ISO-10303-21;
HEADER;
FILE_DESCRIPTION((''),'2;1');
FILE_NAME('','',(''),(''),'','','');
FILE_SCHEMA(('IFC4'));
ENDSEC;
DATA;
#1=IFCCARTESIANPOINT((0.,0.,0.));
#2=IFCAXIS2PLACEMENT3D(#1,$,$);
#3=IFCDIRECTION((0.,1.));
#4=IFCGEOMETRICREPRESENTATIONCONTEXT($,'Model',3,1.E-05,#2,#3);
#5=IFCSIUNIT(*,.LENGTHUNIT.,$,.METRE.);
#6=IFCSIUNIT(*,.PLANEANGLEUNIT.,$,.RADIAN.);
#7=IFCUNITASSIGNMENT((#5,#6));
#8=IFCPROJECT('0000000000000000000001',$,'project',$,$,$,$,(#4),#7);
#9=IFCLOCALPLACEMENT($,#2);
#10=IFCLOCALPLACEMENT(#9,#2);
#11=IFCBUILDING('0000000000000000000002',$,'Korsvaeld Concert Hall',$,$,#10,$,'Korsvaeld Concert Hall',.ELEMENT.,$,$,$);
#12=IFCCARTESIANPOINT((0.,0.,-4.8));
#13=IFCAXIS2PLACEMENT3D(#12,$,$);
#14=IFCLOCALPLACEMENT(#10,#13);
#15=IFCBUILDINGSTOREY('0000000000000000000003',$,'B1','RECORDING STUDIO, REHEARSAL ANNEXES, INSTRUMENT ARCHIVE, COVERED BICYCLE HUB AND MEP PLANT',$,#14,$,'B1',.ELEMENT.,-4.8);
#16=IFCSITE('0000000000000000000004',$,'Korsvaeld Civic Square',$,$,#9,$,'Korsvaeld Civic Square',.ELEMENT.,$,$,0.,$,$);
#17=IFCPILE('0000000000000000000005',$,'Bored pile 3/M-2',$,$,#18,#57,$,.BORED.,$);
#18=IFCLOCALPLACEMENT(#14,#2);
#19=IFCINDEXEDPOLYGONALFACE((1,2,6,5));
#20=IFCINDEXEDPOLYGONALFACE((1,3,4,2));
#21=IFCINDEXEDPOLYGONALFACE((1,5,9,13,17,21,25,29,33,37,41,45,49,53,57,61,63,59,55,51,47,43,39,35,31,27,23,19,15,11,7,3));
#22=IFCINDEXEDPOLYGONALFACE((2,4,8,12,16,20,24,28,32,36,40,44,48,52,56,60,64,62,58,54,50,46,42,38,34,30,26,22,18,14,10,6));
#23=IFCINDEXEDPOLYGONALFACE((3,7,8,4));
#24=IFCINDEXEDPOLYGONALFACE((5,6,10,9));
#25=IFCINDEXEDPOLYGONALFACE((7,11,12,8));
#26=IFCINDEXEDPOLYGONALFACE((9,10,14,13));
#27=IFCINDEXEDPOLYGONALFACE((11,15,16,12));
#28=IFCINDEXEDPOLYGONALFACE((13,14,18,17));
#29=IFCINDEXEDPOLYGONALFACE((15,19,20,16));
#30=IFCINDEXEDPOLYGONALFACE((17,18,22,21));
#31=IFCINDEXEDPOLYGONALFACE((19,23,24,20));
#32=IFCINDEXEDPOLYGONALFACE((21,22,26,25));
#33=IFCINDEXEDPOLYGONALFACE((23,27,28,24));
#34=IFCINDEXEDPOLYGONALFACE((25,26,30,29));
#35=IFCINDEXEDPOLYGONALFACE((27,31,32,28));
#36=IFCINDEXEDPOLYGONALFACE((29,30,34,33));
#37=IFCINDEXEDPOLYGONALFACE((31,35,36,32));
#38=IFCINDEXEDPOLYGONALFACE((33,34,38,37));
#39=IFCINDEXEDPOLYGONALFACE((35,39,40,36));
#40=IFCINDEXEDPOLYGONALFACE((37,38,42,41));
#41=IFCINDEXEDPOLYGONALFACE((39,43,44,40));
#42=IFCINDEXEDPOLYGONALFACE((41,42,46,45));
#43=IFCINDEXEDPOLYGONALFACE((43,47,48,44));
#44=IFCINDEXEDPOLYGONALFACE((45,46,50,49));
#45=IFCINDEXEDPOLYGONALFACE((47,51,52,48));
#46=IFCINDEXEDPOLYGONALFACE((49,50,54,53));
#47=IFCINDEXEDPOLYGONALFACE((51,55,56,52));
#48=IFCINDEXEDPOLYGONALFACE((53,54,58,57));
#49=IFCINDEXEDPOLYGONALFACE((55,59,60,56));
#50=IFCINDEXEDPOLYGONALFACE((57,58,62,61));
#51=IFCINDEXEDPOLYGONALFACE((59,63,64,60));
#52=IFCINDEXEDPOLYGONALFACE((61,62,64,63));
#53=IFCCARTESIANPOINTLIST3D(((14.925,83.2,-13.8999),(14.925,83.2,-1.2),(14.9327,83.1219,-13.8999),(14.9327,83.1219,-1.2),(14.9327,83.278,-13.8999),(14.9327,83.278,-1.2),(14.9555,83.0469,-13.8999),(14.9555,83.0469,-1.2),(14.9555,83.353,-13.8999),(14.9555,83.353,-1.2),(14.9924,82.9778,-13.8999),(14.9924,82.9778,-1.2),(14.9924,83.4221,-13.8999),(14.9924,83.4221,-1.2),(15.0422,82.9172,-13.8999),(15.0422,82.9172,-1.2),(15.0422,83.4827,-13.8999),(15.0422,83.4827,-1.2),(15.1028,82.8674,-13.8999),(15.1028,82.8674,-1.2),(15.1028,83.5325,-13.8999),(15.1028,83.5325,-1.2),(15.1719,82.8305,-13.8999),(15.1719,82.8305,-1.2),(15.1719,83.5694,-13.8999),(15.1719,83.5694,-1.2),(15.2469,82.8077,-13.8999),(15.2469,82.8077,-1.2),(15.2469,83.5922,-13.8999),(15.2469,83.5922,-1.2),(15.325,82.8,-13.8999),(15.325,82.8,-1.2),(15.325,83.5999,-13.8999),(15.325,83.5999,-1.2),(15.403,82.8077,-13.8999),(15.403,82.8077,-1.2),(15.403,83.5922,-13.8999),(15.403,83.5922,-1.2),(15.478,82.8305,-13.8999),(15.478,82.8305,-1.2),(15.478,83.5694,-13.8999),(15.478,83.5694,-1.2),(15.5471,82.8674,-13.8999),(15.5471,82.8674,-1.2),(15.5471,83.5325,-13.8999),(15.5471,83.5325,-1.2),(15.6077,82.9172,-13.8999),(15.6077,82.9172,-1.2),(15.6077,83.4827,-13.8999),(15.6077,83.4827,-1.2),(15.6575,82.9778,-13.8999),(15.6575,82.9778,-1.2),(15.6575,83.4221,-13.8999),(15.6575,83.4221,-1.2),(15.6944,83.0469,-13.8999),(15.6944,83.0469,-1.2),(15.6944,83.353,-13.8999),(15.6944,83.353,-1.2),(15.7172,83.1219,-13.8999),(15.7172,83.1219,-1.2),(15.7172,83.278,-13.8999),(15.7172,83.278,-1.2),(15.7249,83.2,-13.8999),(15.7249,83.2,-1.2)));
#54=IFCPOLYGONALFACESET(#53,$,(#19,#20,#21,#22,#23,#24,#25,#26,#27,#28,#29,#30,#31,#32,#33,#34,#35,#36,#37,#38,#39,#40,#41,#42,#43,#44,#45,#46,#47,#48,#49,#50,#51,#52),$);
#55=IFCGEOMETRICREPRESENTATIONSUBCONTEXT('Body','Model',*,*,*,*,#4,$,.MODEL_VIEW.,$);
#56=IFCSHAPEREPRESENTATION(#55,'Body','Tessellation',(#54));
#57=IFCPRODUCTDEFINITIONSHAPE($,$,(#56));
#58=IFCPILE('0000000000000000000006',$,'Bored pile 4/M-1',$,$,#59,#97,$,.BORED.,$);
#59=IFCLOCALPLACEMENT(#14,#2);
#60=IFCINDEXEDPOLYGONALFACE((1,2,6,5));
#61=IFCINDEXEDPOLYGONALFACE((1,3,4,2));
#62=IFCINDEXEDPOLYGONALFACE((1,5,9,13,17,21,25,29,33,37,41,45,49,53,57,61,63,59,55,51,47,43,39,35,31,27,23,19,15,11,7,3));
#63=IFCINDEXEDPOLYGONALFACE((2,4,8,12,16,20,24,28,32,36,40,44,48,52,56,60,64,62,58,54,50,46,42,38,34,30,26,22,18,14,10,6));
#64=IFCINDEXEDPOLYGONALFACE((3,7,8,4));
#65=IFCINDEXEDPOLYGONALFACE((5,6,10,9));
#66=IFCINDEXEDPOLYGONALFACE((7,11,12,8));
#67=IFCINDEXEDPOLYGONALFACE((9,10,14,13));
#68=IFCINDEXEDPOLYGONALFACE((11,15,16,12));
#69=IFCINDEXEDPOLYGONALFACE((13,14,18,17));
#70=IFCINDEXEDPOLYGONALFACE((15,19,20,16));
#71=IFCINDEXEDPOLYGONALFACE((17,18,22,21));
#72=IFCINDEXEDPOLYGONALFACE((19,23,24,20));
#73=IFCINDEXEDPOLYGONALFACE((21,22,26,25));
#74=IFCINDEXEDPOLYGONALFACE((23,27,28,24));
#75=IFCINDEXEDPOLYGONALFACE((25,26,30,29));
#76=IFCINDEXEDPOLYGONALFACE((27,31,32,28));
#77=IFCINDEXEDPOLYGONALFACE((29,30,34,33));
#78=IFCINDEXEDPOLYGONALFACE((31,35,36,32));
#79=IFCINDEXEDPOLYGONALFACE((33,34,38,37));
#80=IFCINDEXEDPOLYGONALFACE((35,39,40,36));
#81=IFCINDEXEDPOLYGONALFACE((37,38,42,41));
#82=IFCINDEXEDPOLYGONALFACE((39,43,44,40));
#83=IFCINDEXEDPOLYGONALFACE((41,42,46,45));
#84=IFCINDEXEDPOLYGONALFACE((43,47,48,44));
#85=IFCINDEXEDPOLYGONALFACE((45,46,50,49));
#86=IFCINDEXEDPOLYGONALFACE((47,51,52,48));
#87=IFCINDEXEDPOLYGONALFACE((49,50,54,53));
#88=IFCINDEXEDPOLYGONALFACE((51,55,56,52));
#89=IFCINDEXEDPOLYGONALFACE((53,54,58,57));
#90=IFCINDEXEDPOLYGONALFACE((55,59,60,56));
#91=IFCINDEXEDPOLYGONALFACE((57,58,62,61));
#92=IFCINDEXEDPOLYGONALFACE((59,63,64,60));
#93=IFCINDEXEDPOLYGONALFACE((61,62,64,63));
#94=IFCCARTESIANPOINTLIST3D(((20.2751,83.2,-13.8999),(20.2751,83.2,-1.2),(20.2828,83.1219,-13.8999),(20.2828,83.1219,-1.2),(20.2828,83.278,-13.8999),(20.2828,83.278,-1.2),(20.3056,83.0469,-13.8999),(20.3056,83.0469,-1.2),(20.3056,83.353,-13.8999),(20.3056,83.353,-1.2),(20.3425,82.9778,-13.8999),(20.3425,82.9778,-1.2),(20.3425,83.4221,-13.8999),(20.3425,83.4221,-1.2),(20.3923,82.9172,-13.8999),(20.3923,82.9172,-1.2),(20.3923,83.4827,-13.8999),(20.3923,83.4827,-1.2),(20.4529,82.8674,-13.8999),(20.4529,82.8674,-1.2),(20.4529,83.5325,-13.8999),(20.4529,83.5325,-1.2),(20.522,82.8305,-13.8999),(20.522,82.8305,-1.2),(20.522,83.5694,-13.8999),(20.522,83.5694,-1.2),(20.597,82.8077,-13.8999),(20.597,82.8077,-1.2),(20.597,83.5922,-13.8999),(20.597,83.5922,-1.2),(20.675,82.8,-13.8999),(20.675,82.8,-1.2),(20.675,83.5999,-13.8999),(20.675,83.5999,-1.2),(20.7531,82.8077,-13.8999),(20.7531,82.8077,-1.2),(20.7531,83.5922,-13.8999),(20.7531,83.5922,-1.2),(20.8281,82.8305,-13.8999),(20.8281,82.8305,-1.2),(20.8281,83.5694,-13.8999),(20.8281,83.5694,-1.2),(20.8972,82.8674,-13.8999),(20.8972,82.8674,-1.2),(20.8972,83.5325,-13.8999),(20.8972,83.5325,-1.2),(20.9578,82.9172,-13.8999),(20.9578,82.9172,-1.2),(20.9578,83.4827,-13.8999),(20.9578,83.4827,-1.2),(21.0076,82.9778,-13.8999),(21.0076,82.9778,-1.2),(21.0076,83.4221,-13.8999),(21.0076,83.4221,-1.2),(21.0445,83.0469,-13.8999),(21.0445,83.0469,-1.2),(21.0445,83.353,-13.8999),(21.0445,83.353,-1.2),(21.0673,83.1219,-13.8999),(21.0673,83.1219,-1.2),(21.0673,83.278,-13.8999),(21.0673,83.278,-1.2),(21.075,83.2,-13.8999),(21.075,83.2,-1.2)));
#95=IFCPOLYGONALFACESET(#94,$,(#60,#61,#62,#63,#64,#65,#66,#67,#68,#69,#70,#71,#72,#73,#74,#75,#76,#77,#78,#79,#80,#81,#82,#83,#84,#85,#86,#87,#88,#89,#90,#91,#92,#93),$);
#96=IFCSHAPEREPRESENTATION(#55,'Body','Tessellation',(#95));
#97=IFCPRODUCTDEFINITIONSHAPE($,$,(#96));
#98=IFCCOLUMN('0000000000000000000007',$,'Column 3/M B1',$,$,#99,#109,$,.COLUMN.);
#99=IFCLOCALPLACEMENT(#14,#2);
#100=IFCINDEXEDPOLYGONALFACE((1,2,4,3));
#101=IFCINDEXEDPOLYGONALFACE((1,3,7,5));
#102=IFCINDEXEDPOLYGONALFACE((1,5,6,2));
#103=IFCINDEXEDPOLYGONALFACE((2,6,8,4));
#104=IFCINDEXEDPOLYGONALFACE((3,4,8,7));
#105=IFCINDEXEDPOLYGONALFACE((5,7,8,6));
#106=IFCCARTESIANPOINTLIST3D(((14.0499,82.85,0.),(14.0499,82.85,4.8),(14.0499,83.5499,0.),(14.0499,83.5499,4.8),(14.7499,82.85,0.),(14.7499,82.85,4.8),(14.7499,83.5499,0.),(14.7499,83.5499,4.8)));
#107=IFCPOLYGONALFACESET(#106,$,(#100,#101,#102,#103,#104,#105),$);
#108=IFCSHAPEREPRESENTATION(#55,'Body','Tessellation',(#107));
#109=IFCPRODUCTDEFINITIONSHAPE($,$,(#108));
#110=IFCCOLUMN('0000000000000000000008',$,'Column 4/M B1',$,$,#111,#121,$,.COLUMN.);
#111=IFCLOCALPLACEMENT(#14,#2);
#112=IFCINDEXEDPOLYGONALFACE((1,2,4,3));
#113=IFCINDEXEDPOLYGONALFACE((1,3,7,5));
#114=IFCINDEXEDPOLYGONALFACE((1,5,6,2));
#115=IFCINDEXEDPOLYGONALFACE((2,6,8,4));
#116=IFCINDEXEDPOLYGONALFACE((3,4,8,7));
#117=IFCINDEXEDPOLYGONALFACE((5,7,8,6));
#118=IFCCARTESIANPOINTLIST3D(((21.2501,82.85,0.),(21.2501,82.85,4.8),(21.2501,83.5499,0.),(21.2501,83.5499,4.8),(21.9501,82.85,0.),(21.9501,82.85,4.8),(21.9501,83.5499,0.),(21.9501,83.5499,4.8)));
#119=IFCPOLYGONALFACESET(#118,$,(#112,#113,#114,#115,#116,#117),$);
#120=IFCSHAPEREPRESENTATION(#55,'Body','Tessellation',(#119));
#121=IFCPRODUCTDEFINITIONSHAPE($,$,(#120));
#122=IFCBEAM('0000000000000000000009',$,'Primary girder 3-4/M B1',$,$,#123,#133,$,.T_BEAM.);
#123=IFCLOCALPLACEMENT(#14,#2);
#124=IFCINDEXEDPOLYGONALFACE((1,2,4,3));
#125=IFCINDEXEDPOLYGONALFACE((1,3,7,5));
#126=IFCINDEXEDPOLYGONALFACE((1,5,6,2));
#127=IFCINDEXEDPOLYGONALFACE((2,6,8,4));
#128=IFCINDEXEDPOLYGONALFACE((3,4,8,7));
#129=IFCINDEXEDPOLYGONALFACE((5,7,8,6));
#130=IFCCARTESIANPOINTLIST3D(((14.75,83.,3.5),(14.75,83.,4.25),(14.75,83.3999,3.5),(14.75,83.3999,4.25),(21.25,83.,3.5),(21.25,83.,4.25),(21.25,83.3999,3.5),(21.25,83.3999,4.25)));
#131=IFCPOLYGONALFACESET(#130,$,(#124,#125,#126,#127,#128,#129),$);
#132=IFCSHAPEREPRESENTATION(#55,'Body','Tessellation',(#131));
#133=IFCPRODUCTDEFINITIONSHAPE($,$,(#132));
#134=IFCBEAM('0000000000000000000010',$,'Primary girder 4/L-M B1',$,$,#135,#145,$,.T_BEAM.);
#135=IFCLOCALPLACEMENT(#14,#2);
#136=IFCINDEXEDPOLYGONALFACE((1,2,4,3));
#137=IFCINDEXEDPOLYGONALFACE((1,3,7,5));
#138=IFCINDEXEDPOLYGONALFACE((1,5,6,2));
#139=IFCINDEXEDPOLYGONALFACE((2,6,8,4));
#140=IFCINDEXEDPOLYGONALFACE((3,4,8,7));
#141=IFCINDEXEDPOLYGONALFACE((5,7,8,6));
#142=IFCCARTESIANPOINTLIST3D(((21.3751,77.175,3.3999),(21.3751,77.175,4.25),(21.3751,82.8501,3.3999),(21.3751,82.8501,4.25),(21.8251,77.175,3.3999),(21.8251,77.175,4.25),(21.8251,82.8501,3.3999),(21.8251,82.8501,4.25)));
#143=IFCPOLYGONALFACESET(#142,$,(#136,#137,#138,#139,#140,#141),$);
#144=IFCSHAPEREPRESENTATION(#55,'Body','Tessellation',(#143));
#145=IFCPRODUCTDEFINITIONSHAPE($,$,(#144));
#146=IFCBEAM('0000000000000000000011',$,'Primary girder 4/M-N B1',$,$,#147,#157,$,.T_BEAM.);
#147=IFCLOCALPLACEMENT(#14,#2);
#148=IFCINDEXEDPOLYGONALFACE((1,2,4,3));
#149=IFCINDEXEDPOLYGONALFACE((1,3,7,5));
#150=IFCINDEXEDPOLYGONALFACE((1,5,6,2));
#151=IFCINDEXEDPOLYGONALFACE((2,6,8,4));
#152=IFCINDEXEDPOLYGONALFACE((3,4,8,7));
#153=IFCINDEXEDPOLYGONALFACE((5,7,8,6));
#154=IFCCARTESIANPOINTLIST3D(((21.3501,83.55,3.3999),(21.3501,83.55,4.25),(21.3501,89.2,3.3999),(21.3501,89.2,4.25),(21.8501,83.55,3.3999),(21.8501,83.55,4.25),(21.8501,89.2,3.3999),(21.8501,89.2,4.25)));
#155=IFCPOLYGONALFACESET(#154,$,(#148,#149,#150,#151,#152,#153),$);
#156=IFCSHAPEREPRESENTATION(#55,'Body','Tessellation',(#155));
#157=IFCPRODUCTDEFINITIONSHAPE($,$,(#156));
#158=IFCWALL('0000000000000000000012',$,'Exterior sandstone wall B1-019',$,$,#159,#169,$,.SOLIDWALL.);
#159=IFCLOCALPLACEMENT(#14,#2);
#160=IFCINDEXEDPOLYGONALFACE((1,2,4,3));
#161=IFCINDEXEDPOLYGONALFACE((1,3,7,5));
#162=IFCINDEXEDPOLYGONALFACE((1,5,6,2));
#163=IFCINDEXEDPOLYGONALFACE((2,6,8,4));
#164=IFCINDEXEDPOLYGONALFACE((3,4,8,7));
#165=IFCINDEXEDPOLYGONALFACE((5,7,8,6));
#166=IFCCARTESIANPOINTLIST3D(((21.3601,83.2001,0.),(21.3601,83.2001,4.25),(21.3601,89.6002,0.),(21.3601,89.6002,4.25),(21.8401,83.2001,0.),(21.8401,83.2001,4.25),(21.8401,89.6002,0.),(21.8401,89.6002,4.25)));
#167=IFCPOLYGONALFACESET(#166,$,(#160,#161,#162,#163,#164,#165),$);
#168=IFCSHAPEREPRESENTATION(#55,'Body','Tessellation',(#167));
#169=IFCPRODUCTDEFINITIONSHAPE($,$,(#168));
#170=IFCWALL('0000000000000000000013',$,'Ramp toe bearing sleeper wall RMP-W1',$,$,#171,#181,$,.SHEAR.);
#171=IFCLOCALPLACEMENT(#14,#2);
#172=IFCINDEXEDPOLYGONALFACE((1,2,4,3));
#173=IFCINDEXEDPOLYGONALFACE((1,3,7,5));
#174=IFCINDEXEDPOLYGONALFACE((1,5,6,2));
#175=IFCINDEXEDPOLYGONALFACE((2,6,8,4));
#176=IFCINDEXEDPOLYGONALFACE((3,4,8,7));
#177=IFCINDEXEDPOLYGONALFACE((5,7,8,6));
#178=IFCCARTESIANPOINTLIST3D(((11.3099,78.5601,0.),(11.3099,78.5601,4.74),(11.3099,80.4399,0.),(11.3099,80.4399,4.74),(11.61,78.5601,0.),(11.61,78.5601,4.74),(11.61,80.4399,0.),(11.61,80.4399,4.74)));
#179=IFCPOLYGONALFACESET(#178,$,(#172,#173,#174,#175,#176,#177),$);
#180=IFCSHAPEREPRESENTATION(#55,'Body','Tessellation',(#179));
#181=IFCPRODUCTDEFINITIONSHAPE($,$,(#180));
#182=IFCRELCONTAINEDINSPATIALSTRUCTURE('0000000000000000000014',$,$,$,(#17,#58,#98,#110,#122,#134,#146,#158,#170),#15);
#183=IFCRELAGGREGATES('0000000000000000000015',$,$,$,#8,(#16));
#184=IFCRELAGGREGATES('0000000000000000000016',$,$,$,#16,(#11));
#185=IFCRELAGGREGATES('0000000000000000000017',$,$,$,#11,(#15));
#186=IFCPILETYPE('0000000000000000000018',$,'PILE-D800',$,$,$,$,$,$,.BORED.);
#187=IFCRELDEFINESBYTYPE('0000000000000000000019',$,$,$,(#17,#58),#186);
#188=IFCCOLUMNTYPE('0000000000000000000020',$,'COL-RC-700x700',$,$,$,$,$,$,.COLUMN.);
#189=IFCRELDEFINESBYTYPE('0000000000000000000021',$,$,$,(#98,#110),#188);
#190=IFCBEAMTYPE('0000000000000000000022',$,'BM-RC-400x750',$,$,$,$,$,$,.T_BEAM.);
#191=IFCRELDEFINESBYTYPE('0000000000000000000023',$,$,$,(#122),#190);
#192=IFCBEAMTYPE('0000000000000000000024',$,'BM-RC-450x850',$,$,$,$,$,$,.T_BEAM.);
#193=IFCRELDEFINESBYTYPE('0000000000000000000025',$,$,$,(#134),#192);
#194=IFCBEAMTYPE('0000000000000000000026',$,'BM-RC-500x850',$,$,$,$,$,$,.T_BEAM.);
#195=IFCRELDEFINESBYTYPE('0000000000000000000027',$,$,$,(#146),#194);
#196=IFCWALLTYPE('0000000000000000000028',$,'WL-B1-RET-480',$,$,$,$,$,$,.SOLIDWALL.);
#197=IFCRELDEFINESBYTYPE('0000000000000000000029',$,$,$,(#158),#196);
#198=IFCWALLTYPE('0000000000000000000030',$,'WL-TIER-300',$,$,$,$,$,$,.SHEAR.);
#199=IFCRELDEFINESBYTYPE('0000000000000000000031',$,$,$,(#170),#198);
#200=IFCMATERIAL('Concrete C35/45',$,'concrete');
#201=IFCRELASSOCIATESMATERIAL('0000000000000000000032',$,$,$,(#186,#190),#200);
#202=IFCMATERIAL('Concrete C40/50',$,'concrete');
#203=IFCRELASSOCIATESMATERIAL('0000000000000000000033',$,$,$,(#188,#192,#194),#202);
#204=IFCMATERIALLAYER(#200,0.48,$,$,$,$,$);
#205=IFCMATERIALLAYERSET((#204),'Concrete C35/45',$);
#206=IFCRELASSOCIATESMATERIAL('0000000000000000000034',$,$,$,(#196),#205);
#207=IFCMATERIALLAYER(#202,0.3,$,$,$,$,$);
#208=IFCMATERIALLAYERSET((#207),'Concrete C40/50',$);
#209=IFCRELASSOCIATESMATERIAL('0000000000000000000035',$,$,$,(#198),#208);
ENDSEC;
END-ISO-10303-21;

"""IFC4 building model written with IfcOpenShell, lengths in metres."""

from ifc_helpers import new_model, si_unit, direction, frame, frame_2d, origin, origin_2d, place, context, subcontext, project, spatial, rectangle, circle, extrude, material, layer, layer_set, material_profile, profile_set, type_object, element, save


model = new_model("IFC4")

# Units and contexts
model_context = context("Model", 3, precision=1e-05, world=origin(), true_north=direction((0.0, 1.0)))
body_context = subcontext(model_context, "Body", "Model", "MODEL_VIEW")
ifc_project = project(units=[si_unit("LENGTHUNIT", "METRE"), si_unit("PLANEANGLEUNIT", "RADIAN")], contexts=[model_context])

# Site, building, storey
site_placement = place(None, origin())
site = spatial("IfcSite", under=ifc_project, at=site_placement, Name="Korsvaeld Civic Square", LongName="Korsvaeld Civic Square", CompositionType="ELEMENT", RefElevation=0.0)
building_placement = place(site_placement, origin())
building = spatial("IfcBuilding", under=site, at=building_placement, Name="Korsvaeld Concert Hall", LongName="Korsvaeld Concert Hall", CompositionType="ELEMENT")
storey_placement = place(building_placement, frame((0.0, 0.0, -4.8)))
storey = spatial("IfcBuildingStorey", under=building, at=storey_placement, Name="B1", Description="RECORDING STUDIO, REHEARSAL ANNEXES, INSTRUMENT ARCHIVE, COVERED BICYCLE HUB AND MEP PLANT", LongName="B1", CompositionType="ELEMENT", Elevation=-4.8)

# Shared definitions
ifc_material_1 = material(Name="Concrete C35/45", Category="concrete")

# Piles
ifc_material_profile_1 = material_profile(ifc_material_1, circle(Radius=0.3999, at=origin_2d()), Name="BORED PILE D800")
ifc_profile_set_1 = profile_set([ifc_material_profile_1], Name="Concrete C35/45")
pile_type_1 = type_object("IfcPileType", Name="PILE-D800", PredefinedType="BORED", material=ifc_profile_set_1)
for number, where, z_axis, x_axis, name in (
    (1, (15.325, 83.2, -1.2), (0.0, 0.0, -1.0), (1.0, 0.0, 0.0), "Bored pile 3/M-2"),
    (2, (20.675, 83.2, -1.2), (0.0, 0.0, -1.0), (1.0, 0.0, 0.0), "Bored pile 4/M-1"),
):
    element("IfcPile", number, at=place(storey_placement, frame(where, z_axis=z_axis, x_axis=x_axis)), inside=storey, type_object=pile_type_1, Name=name, PredefinedType="BORED", context=body_context, shape_type="SweptSolid", body=[
        extrude(circle(Radius=0.3999, at=origin_2d()), origin(), (0.0, 0.0, 1.0), 12.7),
    ])

# Columns
ifc_material_2 = material(Name="Concrete C40/50", Category="concrete")
ifc_material_profile_2 = material_profile(ifc_material_2, rectangle(XDim=0.7, YDim=0.7, at=origin_2d()), Name="RC 700x700")
ifc_profile_set_2 = profile_set([ifc_material_profile_2], Name="Concrete C40/50")
column_type = type_object("IfcColumnType", Name="COL-RC-700x700", PredefinedType="COLUMN", material=ifc_profile_set_2)
for number, where, z_axis, x_axis, name in (
    (3, (14.3999, 83.2, 0.0), (0.0, 0.0, 1.0), (1.0, 0.0, 0.0), "Column 3/M B1"),
    (4, (21.6001, 83.2, 0.0), (0.0, 0.0, 1.0), (1.0, 0.0, 0.0), "Column 4/M B1"),
):
    element("IfcColumn", number, at=place(storey_placement, frame(where, z_axis=z_axis, x_axis=x_axis)), inside=storey, type_object=column_type, Name=name, PredefinedType="COLUMN", context=body_context, shape_type="SweptSolid", body=[
        extrude(rectangle(XDim=0.7, YDim=0.7, at=origin_2d()), origin(), (0.0, 0.0, 1.0), 4.8),
    ])

# Beams
ifc_material_profile_3 = material_profile(ifc_material_1, rectangle(XDim=0.3999, YDim=0.75, at=origin_2d()), Name="RC 400x750")
ifc_profile_set_3 = profile_set([ifc_material_profile_3], Name="Concrete C35/45")
beam_type_1 = type_object("IfcBeamType", Name="BM-RC-400x750", PredefinedType="T_BEAM", material=ifc_profile_set_3)
beam_1_placement = place(storey_placement, frame((14.75, 83.2, 3.875), z_axis=(1.0, 0.0, 0.0), x_axis=(0.0, 1.0, 0.0)))
element("IfcBeam", 5, at=beam_1_placement, inside=storey, type_object=beam_type_1, Name="Primary girder 3-4/M B1", PredefinedType="T_BEAM", context=body_context, shape_type="SweptSolid", body=[
    extrude(rectangle(XDim=0.3999, YDim=0.75, at=origin_2d()), origin(), (0.0, 0.0, 1.0), 6.5),
])
ifc_material_profile_4 = material_profile(ifc_material_2, rectangle(XDim=0.45, YDim=0.8501, at=origin_2d()), Name="RC 450x850")
ifc_profile_set_4 = profile_set([ifc_material_profile_4], Name="Concrete C40/50")
beam_type_2 = type_object("IfcBeamType", Name="BM-RC-450x850", PredefinedType="T_BEAM", material=ifc_profile_set_4)
beam_2_placement = place(storey_placement, frame((21.6001, 77.175, 3.825), z_axis=(0.0, 1.0, 0.0), x_axis=(-1.0, 0.0, 0.0)))
element("IfcBeam", 6, at=beam_2_placement, inside=storey, type_object=beam_type_2, Name="Primary girder 4/L-M B1", PredefinedType="T_BEAM", context=body_context, shape_type="SweptSolid", body=[
    extrude(rectangle(XDim=0.45, YDim=0.8501, at=origin_2d()), origin(), (0.0, 0.0, 1.0), 5.675),
])
ifc_material_profile_5 = material_profile(ifc_material_2, rectangle(XDim=0.5, YDim=0.8501, at=origin_2d()), Name="RC 500x850")
ifc_profile_set_5 = profile_set([ifc_material_profile_5], Name="Concrete C40/50")
beam_type_3 = type_object("IfcBeamType", Name="BM-RC-500x850", PredefinedType="T_BEAM", material=ifc_profile_set_5)
beam_3_placement = place(storey_placement, frame((21.6001, 83.55, 3.825), z_axis=(0.0, 1.0, 0.0), x_axis=(-1.0, 0.0, 0.0)))
element("IfcBeam", 7, at=beam_3_placement, inside=storey, type_object=beam_type_3, Name="Primary girder 4/M-N B1", PredefinedType="T_BEAM", context=body_context, shape_type="SweptSolid", body=[
    extrude(rectangle(XDim=0.5, YDim=0.8501, at=origin_2d()), origin(), (0.0, 0.0, 1.0), 5.6499),
])

# Walls
ifc_layer_1 = layer(ifc_material_1, 0.48)
ifc_layer_set_1 = layer_set([ifc_layer_1], Name="Concrete C35/45")
wall_type_1 = type_object("IfcWallType", Name="WL-B1-RET-480", PredefinedType="SOLIDWALL", material=ifc_layer_set_1)
wall_1_placement = place(storey_placement, frame((21.6001, 83.2, 0.0), z_axis=(0.0, 0.0, 1.0), x_axis=(0.0, 1.0, 0.0)))
element("IfcWall", 8, at=wall_1_placement, inside=storey, type_object=wall_type_1, Name="Exterior sandstone wall B1-019", PredefinedType="SOLIDWALL", context=body_context, shape_type="SweptSolid", body=[
    extrude(rectangle(XDim=6.4001, YDim=0.48, at=frame_2d((3.2002, 0.0))), origin(), (0.0, 0.0, 1.0), 4.25),
])
ifc_layer_2 = layer(ifc_material_2, 0.3)
ifc_layer_set_2 = layer_set([ifc_layer_2], Name="Concrete C40/50")
wall_type_2 = type_object("IfcWallType", Name="WL-TIER-300", PredefinedType="SHEAR", material=ifc_layer_set_2)
wall_2_placement = place(storey_placement, frame((11.46, 78.5601, 0.0), z_axis=(0.0, 0.0, 1.0), x_axis=(0.0, 1.0, 0.0)))
element("IfcWall", 9, at=wall_2_placement, inside=storey, type_object=wall_type_2, Name="Ramp toe bearing sleeper wall RMP-W1", PredefinedType="SHEAR", context=body_context, shape_type="SweptSolid", body=[
    extrude(rectangle(XDim=1.8799, YDim=0.3, at=frame_2d((0.9399, 0.0))), origin(), (0.0, 0.0, 1.0), 4.74),
])

save(model, "model.ifc")
